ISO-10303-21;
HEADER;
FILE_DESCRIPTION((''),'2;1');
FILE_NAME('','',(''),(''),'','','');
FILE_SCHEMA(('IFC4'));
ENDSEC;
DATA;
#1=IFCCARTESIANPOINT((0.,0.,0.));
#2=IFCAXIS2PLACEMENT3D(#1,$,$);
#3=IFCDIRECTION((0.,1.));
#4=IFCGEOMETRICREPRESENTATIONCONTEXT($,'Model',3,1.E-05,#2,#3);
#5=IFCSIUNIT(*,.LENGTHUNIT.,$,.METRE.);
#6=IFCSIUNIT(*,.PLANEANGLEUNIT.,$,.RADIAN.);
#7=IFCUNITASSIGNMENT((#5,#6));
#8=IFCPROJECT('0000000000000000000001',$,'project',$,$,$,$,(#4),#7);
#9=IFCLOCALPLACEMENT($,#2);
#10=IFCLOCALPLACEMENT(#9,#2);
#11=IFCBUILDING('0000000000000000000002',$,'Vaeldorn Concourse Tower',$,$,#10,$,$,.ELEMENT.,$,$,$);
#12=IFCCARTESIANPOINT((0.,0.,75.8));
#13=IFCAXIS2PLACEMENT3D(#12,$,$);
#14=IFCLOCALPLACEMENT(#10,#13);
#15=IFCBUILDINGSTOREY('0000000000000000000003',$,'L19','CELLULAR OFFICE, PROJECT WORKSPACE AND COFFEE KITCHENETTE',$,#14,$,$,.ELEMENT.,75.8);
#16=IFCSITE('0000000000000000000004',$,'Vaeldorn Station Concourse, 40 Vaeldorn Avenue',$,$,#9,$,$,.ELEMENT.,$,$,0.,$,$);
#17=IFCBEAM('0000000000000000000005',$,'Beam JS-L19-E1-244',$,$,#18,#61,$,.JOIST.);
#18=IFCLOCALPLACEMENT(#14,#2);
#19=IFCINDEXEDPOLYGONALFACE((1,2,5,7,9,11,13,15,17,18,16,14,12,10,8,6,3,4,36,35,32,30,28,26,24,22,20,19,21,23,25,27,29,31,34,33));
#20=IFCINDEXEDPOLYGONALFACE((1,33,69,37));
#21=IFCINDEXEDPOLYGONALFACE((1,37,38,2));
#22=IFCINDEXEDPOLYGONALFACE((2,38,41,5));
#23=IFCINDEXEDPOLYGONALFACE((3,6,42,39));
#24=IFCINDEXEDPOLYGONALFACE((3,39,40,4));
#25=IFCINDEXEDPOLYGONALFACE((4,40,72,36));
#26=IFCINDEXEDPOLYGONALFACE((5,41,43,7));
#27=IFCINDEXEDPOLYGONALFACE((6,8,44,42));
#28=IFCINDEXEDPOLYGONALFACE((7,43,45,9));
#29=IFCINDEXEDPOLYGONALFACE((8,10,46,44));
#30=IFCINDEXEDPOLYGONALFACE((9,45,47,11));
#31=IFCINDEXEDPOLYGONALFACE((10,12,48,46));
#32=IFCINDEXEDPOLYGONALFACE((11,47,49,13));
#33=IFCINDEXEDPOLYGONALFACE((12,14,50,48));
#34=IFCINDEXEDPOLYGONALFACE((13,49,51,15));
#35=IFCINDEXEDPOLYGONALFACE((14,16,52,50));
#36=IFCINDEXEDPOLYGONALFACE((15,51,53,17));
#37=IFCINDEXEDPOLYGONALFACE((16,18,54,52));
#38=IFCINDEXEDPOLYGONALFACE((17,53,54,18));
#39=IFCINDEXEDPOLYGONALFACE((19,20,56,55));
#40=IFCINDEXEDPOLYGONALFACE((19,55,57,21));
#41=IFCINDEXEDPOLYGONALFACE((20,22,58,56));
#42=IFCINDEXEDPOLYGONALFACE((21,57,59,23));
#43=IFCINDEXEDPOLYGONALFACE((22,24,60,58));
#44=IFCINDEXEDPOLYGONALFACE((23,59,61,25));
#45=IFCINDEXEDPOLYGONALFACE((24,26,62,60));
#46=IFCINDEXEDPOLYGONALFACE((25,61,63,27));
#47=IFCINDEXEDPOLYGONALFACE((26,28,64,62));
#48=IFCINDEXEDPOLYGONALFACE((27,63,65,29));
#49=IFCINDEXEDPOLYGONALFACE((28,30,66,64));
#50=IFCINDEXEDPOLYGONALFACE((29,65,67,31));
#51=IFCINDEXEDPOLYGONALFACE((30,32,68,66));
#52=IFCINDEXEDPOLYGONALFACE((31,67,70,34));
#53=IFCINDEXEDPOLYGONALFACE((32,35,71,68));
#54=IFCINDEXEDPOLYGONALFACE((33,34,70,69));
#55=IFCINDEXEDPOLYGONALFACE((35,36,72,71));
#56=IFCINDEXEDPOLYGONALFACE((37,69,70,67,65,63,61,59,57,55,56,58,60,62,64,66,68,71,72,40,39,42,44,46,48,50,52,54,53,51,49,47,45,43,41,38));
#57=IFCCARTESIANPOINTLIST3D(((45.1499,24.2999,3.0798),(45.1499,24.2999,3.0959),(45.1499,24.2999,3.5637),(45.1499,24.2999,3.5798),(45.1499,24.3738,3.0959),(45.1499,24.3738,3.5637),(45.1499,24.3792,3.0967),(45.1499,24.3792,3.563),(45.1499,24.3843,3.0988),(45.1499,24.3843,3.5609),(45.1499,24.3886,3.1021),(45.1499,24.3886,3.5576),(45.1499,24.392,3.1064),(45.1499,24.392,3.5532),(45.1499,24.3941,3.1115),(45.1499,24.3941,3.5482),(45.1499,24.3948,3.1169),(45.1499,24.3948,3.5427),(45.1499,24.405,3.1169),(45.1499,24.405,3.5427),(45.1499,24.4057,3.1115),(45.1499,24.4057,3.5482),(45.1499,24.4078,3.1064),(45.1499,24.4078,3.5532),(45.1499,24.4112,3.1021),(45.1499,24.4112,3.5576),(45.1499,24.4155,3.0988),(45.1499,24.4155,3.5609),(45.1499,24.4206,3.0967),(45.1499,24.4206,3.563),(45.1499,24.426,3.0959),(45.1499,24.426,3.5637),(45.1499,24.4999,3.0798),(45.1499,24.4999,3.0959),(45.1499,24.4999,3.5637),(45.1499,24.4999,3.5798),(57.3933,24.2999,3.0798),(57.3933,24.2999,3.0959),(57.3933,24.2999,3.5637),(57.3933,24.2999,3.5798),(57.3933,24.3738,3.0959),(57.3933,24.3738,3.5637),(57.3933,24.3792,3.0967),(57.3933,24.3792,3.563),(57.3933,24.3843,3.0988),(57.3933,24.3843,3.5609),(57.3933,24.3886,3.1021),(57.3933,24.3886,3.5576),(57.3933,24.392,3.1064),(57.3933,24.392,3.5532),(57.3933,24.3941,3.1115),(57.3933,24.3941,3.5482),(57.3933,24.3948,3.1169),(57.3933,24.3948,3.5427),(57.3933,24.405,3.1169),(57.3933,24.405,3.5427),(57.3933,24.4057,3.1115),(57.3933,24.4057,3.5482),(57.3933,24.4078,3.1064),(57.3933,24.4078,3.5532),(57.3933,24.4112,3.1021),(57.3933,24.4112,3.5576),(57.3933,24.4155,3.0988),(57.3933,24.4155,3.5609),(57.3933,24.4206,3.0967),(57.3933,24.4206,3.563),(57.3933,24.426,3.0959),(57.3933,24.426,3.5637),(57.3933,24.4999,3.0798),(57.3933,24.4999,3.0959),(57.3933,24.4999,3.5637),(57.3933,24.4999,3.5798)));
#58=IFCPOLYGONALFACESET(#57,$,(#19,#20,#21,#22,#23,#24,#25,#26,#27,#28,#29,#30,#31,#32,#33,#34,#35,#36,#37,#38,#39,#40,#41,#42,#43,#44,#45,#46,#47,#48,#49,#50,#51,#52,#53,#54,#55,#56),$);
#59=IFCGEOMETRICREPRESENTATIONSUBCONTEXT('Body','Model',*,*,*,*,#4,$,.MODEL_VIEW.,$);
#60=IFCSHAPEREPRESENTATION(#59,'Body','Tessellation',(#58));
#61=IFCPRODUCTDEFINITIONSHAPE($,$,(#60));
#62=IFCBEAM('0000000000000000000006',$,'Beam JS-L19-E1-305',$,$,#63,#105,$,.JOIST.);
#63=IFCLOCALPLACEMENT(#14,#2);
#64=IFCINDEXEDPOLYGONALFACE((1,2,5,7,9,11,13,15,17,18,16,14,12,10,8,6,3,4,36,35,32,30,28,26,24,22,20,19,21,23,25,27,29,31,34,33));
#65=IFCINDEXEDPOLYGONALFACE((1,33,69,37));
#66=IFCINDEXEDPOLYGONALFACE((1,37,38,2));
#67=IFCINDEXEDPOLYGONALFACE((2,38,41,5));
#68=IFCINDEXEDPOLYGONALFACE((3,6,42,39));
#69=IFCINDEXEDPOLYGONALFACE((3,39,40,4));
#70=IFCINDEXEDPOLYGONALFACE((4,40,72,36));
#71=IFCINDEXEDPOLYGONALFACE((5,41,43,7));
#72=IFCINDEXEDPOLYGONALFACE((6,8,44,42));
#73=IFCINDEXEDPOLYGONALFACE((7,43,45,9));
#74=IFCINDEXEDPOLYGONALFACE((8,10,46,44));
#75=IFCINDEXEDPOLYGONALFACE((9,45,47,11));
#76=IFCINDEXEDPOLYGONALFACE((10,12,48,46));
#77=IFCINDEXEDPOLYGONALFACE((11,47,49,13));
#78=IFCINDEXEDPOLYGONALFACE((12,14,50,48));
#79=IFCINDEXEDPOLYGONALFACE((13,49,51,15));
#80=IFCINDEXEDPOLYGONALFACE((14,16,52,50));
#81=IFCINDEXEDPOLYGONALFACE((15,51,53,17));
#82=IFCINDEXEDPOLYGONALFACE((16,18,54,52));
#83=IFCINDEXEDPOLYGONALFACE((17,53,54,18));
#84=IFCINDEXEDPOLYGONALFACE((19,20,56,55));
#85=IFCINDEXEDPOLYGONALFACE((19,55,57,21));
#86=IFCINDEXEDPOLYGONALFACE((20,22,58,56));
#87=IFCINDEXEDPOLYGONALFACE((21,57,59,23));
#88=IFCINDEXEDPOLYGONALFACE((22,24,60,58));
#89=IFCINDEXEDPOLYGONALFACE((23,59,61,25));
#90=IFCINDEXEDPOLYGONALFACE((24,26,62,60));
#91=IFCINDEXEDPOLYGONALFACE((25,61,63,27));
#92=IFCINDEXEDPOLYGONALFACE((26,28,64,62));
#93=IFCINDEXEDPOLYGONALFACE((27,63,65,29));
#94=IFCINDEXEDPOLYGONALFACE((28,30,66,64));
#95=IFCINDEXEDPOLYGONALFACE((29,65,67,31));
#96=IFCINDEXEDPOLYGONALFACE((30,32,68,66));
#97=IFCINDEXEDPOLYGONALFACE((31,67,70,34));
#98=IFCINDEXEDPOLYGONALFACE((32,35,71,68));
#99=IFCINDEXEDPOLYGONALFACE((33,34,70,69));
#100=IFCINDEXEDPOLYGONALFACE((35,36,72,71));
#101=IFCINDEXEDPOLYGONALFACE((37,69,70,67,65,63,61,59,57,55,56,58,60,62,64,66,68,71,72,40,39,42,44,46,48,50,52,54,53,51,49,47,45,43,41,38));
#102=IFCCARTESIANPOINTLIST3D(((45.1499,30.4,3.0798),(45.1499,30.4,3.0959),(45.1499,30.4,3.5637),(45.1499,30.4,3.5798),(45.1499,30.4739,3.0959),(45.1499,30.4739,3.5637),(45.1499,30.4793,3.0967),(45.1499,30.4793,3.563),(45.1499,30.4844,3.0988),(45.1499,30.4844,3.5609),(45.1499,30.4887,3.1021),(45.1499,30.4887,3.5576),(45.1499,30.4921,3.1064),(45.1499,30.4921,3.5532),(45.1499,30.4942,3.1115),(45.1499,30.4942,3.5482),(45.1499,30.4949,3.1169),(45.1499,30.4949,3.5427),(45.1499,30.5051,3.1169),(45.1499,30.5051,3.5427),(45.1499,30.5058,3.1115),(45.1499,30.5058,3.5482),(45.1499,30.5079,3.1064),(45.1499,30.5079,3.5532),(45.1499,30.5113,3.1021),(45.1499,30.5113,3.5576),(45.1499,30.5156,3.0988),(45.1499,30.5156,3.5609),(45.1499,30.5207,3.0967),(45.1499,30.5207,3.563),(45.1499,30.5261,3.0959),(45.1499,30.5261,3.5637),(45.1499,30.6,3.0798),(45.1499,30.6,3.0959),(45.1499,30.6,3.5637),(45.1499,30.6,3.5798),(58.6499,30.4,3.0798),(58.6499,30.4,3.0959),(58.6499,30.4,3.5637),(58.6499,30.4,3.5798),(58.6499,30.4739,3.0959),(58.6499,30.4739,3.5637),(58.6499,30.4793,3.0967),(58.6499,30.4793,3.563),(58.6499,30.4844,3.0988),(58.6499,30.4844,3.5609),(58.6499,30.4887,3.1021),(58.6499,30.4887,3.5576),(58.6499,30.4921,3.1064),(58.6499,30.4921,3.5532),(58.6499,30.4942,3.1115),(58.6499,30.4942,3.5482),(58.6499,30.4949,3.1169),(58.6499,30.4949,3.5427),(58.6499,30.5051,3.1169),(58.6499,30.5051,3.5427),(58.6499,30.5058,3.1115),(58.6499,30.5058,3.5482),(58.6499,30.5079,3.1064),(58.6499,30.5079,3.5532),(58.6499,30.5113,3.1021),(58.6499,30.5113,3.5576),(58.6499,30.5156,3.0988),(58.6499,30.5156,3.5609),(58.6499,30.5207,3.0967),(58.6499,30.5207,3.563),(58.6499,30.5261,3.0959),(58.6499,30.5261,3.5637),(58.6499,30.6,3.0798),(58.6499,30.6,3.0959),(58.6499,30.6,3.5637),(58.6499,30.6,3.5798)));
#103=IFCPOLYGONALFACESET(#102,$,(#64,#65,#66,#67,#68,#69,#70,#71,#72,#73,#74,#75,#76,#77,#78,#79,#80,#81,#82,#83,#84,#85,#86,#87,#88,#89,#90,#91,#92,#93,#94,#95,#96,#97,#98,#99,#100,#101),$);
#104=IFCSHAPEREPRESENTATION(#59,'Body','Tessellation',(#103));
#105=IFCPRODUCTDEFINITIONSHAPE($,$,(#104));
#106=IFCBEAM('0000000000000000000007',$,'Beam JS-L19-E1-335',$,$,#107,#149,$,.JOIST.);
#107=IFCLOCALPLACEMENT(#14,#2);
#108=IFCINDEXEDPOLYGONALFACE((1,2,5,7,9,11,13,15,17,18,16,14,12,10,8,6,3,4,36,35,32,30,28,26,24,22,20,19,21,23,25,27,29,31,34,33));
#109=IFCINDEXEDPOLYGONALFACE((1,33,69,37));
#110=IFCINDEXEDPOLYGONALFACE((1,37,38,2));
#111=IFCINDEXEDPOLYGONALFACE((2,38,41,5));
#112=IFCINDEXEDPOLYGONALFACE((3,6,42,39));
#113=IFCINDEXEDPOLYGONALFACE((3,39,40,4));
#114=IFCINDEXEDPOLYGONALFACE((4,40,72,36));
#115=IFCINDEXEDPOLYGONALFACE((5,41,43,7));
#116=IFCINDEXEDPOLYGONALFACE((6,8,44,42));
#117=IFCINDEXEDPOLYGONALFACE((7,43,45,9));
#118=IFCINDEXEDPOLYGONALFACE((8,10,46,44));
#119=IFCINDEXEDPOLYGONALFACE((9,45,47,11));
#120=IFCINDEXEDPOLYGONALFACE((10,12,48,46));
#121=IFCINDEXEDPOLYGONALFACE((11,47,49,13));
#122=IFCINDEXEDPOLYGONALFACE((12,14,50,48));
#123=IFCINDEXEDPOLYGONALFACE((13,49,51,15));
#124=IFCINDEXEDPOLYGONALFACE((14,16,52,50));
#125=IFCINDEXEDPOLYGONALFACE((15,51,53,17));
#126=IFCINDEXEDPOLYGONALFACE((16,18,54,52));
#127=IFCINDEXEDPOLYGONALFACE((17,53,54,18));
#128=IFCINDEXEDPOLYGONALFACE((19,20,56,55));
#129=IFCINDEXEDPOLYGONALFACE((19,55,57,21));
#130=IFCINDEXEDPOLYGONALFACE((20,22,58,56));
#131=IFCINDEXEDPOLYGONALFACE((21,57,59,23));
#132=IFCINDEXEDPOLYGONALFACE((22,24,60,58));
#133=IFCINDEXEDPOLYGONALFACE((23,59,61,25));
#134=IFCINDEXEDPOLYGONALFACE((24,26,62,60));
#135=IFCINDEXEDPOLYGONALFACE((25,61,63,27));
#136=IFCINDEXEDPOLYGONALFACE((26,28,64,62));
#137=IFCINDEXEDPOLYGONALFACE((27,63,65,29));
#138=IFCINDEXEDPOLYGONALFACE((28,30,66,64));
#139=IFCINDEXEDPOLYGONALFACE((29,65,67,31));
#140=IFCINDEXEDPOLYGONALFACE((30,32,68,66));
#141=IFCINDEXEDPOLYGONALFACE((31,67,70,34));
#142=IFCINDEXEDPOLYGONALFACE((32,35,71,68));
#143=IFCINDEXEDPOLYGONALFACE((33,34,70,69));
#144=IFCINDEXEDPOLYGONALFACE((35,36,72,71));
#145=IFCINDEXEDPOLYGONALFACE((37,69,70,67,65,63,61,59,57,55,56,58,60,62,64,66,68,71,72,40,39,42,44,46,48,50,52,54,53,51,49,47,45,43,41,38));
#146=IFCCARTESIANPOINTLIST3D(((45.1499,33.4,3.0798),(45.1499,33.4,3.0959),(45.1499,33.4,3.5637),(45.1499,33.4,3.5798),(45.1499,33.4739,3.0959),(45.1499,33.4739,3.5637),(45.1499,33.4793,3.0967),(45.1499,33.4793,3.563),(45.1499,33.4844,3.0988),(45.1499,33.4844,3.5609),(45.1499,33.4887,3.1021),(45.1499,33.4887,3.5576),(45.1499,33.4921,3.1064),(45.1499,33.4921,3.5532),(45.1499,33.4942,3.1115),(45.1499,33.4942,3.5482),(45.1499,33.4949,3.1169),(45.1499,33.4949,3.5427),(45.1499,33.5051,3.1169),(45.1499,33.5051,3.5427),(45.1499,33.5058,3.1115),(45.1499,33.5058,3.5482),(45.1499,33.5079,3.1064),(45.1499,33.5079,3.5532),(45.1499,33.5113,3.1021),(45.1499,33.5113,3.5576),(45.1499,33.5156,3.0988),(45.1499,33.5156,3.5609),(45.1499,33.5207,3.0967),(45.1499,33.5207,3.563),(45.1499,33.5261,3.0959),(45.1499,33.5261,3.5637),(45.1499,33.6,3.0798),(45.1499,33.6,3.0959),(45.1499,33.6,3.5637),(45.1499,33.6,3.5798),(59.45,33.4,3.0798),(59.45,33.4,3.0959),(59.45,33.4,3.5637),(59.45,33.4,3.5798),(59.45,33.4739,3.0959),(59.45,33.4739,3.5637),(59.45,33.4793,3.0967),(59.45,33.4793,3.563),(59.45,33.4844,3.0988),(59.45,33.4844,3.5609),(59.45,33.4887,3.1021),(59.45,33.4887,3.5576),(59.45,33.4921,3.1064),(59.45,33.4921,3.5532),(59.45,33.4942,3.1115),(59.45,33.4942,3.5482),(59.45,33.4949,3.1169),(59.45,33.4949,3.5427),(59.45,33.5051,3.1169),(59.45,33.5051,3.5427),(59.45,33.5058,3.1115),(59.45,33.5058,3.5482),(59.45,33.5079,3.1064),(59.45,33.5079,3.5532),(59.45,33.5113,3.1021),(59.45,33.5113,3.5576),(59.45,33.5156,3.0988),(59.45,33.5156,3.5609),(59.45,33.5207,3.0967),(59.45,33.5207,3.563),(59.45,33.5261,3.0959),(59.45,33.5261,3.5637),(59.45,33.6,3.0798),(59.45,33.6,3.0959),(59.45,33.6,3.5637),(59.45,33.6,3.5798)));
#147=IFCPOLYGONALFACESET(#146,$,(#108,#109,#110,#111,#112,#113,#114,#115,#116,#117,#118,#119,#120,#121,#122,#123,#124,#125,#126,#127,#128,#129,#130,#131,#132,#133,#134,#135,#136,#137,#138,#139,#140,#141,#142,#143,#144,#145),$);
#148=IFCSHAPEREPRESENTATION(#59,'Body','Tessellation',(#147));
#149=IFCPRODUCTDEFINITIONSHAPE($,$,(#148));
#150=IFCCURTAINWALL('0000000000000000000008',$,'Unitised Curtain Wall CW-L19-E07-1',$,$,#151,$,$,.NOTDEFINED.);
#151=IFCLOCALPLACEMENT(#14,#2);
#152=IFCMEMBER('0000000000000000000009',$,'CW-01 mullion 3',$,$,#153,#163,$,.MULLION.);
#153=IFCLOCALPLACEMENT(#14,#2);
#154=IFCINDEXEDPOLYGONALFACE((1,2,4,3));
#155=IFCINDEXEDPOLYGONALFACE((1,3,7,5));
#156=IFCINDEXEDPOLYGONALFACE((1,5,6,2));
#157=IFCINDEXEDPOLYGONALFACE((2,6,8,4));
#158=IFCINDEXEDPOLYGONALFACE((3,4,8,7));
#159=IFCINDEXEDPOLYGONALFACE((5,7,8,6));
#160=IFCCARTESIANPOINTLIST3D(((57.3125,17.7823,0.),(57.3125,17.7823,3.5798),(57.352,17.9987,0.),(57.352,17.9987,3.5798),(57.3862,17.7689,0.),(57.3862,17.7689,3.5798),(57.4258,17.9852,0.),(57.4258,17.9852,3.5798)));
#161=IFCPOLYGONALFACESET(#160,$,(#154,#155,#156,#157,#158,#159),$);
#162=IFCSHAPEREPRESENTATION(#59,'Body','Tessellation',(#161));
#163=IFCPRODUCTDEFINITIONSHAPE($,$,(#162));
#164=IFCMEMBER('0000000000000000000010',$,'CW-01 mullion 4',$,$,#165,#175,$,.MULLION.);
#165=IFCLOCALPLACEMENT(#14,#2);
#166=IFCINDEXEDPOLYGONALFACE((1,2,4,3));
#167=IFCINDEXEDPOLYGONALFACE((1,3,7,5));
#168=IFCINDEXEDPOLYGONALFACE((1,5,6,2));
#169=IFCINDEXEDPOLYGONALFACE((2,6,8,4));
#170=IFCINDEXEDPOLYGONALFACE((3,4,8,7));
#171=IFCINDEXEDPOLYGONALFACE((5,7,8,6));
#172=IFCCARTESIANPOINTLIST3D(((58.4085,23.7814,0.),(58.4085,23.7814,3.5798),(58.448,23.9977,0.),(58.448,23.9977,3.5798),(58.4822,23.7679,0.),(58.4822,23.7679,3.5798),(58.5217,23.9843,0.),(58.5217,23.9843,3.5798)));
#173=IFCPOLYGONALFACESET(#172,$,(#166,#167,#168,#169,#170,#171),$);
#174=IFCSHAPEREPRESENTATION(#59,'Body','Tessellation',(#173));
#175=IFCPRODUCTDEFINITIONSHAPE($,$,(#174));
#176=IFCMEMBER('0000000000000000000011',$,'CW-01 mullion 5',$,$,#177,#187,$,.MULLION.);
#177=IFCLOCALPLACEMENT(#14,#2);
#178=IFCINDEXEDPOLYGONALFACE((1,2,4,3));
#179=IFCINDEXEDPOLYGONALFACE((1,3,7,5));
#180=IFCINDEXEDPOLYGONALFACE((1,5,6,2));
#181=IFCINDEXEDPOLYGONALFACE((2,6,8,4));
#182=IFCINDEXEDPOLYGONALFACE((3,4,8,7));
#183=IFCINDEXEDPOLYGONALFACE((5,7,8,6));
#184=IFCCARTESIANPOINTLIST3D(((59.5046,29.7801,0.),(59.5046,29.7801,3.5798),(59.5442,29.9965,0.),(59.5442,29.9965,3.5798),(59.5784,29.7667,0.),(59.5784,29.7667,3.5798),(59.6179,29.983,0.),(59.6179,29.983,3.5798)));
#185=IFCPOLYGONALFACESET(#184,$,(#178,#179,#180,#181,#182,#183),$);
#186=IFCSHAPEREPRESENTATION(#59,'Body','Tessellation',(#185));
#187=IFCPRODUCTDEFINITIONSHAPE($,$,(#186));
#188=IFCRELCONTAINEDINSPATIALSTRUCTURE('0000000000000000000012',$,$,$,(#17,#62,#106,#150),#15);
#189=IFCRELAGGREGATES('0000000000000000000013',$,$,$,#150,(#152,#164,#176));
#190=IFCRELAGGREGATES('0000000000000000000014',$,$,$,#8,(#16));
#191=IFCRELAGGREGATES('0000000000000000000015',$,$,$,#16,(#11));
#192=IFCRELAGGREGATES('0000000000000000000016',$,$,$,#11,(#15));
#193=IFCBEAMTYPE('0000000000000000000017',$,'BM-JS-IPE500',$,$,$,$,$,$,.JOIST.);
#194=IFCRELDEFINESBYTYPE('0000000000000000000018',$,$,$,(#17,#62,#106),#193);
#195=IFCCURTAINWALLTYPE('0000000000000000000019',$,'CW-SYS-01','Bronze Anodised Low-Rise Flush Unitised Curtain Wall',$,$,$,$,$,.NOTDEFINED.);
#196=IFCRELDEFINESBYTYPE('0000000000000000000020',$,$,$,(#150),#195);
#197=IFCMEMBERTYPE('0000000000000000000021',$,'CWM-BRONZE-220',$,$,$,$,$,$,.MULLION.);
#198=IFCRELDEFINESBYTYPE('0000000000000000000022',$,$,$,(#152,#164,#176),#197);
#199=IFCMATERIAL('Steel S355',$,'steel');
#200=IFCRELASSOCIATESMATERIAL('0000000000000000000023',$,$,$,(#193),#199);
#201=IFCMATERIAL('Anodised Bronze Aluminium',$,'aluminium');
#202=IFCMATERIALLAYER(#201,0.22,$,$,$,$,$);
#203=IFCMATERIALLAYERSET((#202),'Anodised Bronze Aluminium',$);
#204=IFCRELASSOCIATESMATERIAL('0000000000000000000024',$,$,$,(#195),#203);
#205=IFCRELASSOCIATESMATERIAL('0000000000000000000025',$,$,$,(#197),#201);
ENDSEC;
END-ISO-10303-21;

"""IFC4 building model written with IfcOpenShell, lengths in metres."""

from ifc_helpers import new_model, si_unit, direction, frame, origin, origin_2d, place, context, subcontext, project, spatial, rectangle, i_section, extrude, source, transform, mapped, material, layer, layer_set, material_profile, profile_set, type_object, element, aggregate, save


model = new_model("IFC4")

# Units and contexts
model_context = context("Model", 3, precision=1e-05, world=origin(), true_north=direction((0.0, 1.0)))
body_context = subcontext(model_context, "Body", "Model", "MODEL_VIEW")
ifc_project = project(units=[si_unit("LENGTHUNIT", "METRE"), si_unit("PLANEANGLEUNIT", "RADIAN")], contexts=[model_context])

# Site, building, storey
site_placement = place(None, origin())
site = spatial("IfcSite", under=ifc_project, at=site_placement, Name="Vaeldorn Station Concourse, 40 Vaeldorn Avenue", CompositionType="ELEMENT", RefElevation=0.0)
building_placement = place(site_placement, origin())
building = spatial("IfcBuilding", under=site, at=building_placement, Name="Vaeldorn Concourse Tower", CompositionType="ELEMENT")
storey_placement = place(building_placement, frame((0.0, 0.0, 75.8)))
storey = spatial("IfcBuildingStorey", under=building, at=storey_placement, Name="L19", Description="CELLULAR OFFICE, PROJECT WORKSPACE AND COFFEE KITCHENETTE", CompositionType="ELEMENT", Elevation=75.8)

# Beams
ifc_material_1 = material(Name="Steel S355", Category="steel")
ifc_material_profile_1 = material_profile(ifc_material_1, i_section(OverallWidth=0.2, OverallDepth=0.5, WebThickness=0.0103, FlangeThickness=0.0161, FilletRadius=0.021, at=origin_2d()), Name="IPE 500")
ifc_profile_set_1 = profile_set([ifc_material_profile_1], Name="Steel S355")
beam_type_1 = type_object("IfcBeamType", Name="BM-JS-IPE500", PredefinedType="JOIST", material=ifc_profile_set_1)
shared_shape_1 = source(origin(), body_context, "Body", "SweptSolid", [
    extrude(i_section(OverallWidth=0.2, OverallDepth=0.5, WebThickness=0.0103, FlangeThickness=0.0161, FilletRadius=0.021, at=origin_2d()), origin(), (0.0, 0.0, 1.0), 12.2434),
])
beam_1_placement = place(storey_placement, frame((45.1499, 24.3999, 3.3298), z_axis=(1.0, 0.0, 0.0), x_axis=(0.0, 1.0, 0.0)))
element("IfcBeam", 1, at=beam_1_placement, inside=storey, type_object=beam_type_1, Name="Beam JS-L19-E1-244", PredefinedType="JOIST", context=body_context, shape_type="MappedRepresentation", body=[
    mapped(shared_shape_1, transform((0.0, 0.0, 0.0), scale=1.0)),
])
shared_shape_2 = source(origin(), body_context, "Body", "SweptSolid", [
    extrude(i_section(OverallWidth=0.2, OverallDepth=0.5, WebThickness=0.0103, FlangeThickness=0.0161, FilletRadius=0.021, at=origin_2d()), origin(), (0.0, 0.0, 1.0), 13.5),
])
beam_2_placement = place(storey_placement, frame((45.1499, 30.5, 3.3298), z_axis=(1.0, 0.0, 0.0), x_axis=(0.0, 1.0, 0.0)))
element("IfcBeam", 2, at=beam_2_placement, inside=storey, type_object=beam_type_1, Name="Beam JS-L19-E1-305", PredefinedType="JOIST", context=body_context, shape_type="MappedRepresentation", body=[
    mapped(shared_shape_2, transform((0.0, 0.0, 0.0), scale=1.0)),
])
shared_shape_3 = source(origin(), body_context, "Body", "SweptSolid", [
    extrude(i_section(OverallWidth=0.2, OverallDepth=0.5, WebThickness=0.0103, FlangeThickness=0.0161, FilletRadius=0.021, at=origin_2d()), origin(), (0.0, 0.0, 1.0), 14.3),
])
beam_3_placement = place(storey_placement, frame((45.1499, 33.5, 3.3298), z_axis=(1.0, 0.0, 0.0), x_axis=(0.0, 1.0, 0.0)))
element("IfcBeam", 3, at=beam_3_placement, inside=storey, type_object=beam_type_1, Name="Beam JS-L19-E1-335", PredefinedType="JOIST", context=body_context, shape_type="MappedRepresentation", body=[
    mapped(shared_shape_3, transform((0.0, 0.0, 0.0), scale=1.0)),
])

# Curtain wall, members
ifc_material_2 = material(Name="Anodised Bronze Aluminium", Category="aluminium")
ifc_layer_1 = layer(ifc_material_2, 0.22)
ifc_layer_set_1 = layer_set([ifc_layer_1], Name="Anodised Bronze Aluminium")
curtain_wall_type = type_object("IfcCurtainWallType", Name="CW-SYS-01", Description="Bronze Anodised Low-Rise Flush Unitised Curtain Wall", PredefinedType="NOTDEFINED", material=ifc_layer_set_1)
curtain_wall_placement = place(storey_placement, origin())
curtain_wall = element("IfcCurtainWall", 4, at=curtain_wall_placement, inside=storey, type_object=curtain_wall_type, Name="Unitised Curtain Wall CW-L19-E07-1", PredefinedType="NOTDEFINED")
ifc_material_profile_2 = material_profile(ifc_material_2, rectangle(XDim=0.075, YDim=0.22, at=origin_2d()), Name="CWM 75x220")
ifc_profile_set_2 = profile_set([ifc_material_profile_2], Name="Anodised Bronze Aluminium")
member_type_1 = type_object("IfcMemberType", Name="CWM-BRONZE-220", PredefinedType="MULLION", material=ifc_profile_set_2)
shared_shape_4 = source(origin(), body_context, "Body", "SweptSolid", [
    extrude(rectangle(XDim=0.075, YDim=0.22, at=origin_2d()), origin(), (0.0, 0.0, 1.0), 3.5798),
])
member_1_placement = place(storey_placement, frame((57.3691, 17.8838, 0.0), z_axis=(0.0, 0.0, 1.0), x_axis=(-0.983712, 0.179751, 0.0)))
member_1 = element("IfcMember", 5, at=member_1_placement, type_object=member_type_1, Name="CW-01 mullion 3", PredefinedType="MULLION", context=body_context, shape_type="MappedRepresentation", body=[
    mapped(shared_shape_4, transform((0.0, 0.0, 0.0), scale=1.0)),
])
member_2_placement = place(storey_placement, frame((58.4651, 23.8828, 0.0), z_axis=(0.0, 0.0, 1.0), x_axis=(-0.983712, 0.179751, 0.0)))
member_2 = element("IfcMember", 6, at=member_2_placement, type_object=member_type_1, Name="CW-01 mullion 4", PredefinedType="MULLION", context=body_context, shape_type="MappedRepresentation", body=[
    mapped(shared_shape_4, transform((0.0, 0.0, 0.0), scale=1.0)),
])
member_3_placement = place(storey_placement, frame((59.5613, 29.8816, 0.0), z_axis=(0.0, 0.0, 1.0), x_axis=(-0.983712, 0.179751, 0.0)))
member_3 = element("IfcMember", 7, at=member_3_placement, type_object=member_type_1, Name="CW-01 mullion 5", PredefinedType="MULLION", context=body_context, shape_type="MappedRepresentation", body=[
    mapped(shared_shape_4, transform((0.0, 0.0, 0.0), scale=1.0)),
])
aggregate(curtain_wall, [member_1, member_2, member_3])

save(model, "model.ifc")
